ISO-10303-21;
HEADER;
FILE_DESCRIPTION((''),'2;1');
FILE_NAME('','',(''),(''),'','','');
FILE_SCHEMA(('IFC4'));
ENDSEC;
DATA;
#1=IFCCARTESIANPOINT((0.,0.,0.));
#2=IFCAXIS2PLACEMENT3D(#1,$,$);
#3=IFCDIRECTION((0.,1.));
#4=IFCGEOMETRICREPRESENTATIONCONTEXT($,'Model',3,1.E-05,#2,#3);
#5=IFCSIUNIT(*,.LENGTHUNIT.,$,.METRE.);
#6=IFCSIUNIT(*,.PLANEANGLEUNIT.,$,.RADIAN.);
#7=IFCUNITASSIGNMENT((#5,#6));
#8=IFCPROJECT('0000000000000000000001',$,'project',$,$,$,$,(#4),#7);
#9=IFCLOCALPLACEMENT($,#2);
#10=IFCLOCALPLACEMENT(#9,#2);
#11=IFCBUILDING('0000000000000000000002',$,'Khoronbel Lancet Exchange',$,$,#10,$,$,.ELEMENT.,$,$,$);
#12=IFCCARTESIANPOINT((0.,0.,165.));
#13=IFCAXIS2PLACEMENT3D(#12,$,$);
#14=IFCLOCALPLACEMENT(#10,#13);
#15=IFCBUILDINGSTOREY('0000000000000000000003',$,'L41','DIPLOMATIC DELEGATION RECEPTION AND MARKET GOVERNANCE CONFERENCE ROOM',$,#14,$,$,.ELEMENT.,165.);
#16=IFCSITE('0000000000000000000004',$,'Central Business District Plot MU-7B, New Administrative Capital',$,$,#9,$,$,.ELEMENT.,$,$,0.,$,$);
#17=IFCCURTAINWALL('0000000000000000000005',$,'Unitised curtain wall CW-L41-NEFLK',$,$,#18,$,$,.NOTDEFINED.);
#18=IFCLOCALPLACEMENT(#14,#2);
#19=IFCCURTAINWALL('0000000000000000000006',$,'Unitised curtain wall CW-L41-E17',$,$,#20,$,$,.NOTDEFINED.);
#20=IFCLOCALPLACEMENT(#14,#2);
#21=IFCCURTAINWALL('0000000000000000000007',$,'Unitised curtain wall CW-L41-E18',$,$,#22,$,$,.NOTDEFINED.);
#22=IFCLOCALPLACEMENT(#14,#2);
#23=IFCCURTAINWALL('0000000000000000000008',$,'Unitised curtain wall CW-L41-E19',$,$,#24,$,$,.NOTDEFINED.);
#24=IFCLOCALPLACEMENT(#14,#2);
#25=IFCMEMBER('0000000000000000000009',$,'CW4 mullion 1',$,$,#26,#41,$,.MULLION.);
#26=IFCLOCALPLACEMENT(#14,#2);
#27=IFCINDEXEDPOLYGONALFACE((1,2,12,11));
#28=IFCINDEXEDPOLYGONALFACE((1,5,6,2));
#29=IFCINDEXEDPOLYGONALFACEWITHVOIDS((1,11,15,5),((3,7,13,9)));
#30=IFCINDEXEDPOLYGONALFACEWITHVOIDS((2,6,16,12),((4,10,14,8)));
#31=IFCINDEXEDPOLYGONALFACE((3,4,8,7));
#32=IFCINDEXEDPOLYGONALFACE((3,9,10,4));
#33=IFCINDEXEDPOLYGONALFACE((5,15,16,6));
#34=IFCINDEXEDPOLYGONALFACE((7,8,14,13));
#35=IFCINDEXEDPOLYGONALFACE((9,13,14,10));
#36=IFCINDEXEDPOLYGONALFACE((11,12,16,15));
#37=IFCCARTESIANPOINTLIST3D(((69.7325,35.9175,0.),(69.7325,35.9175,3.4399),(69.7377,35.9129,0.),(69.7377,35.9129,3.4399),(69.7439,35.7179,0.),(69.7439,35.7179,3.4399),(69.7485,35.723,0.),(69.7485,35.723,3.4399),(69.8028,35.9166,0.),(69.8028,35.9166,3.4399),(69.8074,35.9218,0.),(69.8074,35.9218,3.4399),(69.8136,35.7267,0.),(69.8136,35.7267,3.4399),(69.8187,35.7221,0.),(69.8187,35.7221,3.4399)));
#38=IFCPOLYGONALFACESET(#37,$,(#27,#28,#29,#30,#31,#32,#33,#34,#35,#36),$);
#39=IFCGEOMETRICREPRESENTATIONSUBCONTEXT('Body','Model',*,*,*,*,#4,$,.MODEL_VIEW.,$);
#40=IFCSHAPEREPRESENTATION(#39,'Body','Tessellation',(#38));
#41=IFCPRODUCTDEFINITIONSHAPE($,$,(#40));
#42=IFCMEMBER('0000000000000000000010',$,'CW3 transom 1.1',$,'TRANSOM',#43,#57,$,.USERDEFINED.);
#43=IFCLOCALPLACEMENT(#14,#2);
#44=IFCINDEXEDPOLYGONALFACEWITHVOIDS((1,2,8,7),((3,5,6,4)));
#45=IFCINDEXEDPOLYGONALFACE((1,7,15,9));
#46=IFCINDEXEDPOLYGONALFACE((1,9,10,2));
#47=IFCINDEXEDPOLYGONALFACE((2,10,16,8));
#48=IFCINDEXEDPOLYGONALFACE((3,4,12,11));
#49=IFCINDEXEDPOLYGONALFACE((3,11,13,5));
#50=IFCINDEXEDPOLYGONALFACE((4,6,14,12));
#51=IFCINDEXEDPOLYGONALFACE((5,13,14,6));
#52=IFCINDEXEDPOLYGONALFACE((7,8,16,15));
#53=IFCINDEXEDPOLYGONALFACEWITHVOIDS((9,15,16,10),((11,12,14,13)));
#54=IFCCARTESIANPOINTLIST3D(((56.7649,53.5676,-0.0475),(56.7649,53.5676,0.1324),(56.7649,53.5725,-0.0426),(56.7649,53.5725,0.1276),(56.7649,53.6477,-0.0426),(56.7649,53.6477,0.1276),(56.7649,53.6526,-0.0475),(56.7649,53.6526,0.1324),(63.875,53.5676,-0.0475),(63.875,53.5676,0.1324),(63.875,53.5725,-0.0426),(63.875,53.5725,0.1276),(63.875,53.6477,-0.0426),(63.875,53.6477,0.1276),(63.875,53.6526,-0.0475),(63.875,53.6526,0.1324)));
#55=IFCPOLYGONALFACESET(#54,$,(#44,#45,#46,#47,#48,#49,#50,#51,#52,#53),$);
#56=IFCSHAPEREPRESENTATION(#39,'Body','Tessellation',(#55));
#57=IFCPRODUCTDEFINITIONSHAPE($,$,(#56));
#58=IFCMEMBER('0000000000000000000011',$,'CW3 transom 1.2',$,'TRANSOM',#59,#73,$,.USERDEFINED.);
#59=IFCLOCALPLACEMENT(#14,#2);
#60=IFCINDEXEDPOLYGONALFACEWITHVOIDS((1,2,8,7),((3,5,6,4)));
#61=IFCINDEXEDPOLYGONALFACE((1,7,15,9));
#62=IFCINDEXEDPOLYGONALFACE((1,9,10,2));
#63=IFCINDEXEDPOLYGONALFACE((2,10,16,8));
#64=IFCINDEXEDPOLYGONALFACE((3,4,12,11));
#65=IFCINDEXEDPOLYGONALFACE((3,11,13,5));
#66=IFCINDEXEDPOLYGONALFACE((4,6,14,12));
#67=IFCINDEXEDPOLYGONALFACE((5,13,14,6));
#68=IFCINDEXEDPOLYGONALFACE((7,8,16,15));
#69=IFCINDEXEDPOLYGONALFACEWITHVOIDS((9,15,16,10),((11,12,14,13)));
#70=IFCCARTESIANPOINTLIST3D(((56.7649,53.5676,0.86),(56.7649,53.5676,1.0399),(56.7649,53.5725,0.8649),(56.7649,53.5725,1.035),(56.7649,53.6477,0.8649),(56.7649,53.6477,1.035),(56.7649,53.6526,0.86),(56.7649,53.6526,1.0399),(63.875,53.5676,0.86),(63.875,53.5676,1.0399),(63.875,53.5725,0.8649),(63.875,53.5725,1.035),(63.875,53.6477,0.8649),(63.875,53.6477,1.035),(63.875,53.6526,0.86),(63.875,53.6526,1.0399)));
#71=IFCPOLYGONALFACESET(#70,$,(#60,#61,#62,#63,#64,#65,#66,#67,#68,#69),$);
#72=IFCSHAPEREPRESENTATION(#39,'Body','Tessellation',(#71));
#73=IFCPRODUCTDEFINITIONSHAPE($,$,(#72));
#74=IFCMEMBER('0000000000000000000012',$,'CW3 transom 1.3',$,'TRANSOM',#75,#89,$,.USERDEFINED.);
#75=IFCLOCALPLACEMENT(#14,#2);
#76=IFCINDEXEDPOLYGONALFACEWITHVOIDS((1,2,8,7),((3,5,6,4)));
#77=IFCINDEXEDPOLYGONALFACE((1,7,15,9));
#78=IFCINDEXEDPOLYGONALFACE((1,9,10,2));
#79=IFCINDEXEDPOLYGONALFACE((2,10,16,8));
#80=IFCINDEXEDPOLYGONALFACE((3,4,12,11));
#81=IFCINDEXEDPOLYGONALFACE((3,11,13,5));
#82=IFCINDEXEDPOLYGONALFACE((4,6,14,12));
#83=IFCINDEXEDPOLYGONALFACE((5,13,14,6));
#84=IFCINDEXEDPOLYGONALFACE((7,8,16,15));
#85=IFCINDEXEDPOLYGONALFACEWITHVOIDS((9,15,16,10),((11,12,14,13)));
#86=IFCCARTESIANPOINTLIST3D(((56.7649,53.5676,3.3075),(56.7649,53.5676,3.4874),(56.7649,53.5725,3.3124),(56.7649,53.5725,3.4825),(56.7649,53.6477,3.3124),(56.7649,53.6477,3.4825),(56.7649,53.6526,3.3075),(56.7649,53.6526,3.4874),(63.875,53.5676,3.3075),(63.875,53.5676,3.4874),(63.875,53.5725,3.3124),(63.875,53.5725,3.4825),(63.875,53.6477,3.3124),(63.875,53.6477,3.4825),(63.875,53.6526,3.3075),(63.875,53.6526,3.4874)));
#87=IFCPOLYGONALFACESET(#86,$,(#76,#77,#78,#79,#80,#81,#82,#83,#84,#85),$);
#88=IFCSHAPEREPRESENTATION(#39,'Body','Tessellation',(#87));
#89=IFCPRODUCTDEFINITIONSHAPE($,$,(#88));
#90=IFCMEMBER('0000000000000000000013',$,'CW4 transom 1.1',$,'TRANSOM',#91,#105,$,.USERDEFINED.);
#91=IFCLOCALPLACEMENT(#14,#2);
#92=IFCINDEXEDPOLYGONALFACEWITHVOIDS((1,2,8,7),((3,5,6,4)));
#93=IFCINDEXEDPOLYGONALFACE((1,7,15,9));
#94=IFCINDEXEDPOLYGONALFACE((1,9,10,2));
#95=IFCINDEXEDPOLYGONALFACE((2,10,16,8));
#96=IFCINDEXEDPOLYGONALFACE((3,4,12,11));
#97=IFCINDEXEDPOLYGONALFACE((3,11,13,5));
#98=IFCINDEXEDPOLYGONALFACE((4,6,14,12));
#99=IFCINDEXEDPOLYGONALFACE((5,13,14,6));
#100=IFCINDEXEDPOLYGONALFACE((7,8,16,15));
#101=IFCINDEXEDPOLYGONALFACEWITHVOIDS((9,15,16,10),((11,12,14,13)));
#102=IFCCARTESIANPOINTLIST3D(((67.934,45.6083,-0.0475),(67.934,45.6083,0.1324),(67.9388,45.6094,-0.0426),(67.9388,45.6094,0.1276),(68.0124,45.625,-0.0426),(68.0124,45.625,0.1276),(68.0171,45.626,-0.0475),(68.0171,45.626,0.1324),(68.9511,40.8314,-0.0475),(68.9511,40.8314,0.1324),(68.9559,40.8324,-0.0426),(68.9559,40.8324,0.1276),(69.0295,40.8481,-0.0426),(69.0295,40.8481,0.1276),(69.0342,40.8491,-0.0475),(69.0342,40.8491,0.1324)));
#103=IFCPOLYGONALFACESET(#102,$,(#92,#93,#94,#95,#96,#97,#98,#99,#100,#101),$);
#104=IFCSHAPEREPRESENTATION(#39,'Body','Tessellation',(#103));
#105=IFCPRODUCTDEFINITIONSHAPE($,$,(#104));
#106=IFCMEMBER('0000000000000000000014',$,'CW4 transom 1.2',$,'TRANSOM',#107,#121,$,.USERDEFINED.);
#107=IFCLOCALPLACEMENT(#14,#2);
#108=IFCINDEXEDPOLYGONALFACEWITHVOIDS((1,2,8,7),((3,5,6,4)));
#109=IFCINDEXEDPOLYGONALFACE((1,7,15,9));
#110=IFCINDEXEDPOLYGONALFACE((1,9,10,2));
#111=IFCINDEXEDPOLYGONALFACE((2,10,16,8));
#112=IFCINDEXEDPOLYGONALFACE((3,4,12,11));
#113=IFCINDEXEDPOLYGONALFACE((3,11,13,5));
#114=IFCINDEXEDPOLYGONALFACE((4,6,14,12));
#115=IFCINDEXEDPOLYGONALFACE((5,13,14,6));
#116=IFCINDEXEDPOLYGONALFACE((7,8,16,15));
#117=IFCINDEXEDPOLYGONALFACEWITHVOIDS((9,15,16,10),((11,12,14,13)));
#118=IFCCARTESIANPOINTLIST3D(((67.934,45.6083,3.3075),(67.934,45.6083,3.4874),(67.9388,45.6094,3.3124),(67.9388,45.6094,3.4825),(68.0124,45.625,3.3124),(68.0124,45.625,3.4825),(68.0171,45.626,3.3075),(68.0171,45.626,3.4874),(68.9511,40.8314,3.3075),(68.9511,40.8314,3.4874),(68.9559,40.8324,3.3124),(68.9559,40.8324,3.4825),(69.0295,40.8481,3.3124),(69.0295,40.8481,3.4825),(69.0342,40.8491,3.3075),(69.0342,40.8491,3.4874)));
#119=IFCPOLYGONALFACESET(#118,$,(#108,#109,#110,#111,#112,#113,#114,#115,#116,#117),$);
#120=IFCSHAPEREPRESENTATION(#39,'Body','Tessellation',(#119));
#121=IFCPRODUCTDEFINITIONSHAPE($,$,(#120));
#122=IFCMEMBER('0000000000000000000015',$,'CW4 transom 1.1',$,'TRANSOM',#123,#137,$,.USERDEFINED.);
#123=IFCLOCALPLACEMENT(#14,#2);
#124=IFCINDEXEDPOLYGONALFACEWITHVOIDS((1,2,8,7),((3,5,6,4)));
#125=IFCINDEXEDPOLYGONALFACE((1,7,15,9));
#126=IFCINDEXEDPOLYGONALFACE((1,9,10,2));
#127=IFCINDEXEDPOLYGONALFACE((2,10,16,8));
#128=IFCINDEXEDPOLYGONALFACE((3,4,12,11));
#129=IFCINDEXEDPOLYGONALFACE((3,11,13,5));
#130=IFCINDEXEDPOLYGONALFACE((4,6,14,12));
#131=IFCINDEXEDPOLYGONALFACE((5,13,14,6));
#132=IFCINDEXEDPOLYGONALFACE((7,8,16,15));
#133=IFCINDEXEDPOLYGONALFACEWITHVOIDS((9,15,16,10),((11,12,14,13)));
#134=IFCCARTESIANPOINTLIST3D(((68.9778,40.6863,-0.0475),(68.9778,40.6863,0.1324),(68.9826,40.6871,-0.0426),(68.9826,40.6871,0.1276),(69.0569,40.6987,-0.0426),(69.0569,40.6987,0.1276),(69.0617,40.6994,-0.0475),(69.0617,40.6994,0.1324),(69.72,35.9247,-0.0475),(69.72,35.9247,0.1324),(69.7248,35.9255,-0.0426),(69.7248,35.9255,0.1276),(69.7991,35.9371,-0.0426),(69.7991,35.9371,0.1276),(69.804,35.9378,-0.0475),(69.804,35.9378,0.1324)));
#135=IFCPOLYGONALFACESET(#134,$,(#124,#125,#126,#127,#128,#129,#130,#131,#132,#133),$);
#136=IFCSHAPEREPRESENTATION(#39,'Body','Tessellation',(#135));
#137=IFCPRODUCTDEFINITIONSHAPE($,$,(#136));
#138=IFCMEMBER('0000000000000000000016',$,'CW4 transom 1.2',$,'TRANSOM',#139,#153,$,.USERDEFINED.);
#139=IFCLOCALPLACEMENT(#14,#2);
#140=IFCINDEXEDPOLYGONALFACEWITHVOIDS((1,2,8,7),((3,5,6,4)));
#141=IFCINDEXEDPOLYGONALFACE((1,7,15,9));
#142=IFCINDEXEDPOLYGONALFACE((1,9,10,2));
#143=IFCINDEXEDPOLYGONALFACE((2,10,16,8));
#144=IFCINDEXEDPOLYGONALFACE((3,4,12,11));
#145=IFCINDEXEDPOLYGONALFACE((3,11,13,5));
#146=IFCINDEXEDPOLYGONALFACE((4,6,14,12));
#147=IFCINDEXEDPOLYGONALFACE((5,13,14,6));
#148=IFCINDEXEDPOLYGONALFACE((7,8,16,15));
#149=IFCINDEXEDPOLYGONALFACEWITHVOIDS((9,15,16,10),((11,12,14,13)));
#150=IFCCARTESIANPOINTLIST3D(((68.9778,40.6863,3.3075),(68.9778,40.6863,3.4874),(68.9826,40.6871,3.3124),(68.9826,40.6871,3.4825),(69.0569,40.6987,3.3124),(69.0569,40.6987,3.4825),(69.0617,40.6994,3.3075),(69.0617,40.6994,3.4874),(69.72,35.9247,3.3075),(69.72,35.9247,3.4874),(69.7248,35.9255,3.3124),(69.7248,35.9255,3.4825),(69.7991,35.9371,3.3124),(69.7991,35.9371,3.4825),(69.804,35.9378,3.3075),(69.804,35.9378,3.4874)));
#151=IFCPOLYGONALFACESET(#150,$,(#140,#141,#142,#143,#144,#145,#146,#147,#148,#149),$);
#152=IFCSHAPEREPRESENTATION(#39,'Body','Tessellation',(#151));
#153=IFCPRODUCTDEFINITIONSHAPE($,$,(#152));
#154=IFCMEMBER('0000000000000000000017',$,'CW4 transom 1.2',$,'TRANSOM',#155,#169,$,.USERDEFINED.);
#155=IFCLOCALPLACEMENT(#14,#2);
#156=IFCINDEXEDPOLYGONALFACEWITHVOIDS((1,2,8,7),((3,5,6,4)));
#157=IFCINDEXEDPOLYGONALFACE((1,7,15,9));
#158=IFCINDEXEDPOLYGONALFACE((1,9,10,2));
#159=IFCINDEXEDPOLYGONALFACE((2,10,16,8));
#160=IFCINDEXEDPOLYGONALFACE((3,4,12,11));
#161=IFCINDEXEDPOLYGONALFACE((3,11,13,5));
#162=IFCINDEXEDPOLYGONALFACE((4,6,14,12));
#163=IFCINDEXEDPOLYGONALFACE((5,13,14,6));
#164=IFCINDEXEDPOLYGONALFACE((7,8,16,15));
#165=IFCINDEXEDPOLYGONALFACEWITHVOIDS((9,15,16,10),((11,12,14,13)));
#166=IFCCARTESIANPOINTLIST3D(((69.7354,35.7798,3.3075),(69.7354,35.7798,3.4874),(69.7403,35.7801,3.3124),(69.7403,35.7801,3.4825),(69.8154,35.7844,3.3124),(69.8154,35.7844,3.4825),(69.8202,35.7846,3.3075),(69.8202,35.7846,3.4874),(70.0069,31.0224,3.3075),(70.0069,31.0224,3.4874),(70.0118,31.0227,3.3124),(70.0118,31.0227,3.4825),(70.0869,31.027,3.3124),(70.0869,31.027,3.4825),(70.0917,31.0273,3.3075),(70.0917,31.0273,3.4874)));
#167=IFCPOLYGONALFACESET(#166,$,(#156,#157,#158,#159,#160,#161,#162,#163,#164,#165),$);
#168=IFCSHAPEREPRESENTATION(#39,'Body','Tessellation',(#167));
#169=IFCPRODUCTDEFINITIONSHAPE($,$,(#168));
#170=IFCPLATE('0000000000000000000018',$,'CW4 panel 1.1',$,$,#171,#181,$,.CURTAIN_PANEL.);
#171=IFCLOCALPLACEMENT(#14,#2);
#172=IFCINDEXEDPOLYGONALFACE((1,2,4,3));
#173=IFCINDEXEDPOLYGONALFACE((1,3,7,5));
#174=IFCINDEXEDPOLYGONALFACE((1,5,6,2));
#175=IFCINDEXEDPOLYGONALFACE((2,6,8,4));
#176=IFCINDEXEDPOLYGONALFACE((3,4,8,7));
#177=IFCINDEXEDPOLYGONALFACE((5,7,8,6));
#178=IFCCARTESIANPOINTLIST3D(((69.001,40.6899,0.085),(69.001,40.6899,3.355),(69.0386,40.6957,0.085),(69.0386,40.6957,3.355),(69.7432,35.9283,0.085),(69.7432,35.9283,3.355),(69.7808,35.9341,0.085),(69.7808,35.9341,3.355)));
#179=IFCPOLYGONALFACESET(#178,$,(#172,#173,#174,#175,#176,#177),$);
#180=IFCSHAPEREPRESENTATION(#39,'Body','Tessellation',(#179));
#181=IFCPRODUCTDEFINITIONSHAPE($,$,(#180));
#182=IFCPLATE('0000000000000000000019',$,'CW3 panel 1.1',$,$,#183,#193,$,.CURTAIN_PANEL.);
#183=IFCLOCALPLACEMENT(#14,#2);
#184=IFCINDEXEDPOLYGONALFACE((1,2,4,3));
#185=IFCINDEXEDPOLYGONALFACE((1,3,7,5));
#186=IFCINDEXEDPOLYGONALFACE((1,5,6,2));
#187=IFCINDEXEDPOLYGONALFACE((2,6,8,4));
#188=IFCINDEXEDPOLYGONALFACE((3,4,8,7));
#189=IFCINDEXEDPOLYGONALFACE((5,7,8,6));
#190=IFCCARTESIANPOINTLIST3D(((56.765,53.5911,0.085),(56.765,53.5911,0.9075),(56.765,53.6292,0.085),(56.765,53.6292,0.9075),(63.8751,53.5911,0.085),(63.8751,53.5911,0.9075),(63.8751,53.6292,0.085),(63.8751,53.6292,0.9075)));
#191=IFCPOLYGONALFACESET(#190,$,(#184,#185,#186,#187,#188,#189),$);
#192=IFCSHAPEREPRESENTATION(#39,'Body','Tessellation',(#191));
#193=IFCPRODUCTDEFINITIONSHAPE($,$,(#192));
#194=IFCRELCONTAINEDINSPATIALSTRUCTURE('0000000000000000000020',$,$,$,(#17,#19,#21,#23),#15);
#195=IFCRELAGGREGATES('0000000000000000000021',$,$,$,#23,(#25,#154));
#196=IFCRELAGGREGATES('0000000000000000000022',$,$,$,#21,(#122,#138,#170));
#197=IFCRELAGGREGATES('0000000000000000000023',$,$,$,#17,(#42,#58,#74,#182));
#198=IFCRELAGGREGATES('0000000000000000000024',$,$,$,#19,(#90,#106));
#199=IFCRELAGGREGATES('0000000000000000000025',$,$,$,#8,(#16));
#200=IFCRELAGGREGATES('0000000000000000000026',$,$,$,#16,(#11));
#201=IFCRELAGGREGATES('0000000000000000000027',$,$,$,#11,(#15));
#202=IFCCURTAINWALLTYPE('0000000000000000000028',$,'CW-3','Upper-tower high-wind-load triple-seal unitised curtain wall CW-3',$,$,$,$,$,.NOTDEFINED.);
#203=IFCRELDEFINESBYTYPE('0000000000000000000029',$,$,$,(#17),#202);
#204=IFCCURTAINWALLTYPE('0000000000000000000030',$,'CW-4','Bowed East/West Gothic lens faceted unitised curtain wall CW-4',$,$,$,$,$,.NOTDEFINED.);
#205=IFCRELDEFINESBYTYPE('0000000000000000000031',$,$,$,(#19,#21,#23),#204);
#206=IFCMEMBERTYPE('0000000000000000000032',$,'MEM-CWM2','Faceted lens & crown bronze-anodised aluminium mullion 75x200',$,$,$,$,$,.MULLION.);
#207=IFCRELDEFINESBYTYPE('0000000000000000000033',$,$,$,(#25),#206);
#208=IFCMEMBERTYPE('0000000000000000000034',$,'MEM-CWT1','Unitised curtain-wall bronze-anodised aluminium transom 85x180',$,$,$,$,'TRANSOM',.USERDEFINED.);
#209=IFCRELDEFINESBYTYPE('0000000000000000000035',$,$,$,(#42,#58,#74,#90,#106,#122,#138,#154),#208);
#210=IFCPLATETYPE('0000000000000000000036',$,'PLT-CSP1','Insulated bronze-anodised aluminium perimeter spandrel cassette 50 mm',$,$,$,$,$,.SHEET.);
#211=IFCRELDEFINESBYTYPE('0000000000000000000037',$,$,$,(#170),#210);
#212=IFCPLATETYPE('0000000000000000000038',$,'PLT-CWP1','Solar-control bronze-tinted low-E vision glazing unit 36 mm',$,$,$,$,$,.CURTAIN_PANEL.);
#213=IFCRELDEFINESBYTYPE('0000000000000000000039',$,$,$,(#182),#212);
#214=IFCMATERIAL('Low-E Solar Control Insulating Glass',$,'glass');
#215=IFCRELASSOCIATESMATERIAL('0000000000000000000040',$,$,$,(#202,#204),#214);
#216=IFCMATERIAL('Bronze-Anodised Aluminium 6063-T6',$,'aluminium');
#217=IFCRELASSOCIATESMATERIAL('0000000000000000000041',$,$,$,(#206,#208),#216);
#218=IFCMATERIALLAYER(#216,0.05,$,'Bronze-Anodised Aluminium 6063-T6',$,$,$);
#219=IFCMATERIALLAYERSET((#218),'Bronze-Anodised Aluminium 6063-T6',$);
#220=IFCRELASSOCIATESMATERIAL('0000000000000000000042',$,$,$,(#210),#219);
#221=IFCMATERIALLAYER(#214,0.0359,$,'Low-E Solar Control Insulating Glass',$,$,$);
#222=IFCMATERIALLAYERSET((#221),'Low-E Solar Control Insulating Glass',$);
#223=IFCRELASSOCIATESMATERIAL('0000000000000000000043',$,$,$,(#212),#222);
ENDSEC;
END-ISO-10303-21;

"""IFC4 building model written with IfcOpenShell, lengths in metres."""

from ifc_helpers import new_model, si_unit, direction, frame, origin, origin_2d, place, context, subcontext, project, spatial, rectangle, hollow_rectangle, extrude, material, layer, layer_set, material_profile, profile_set, type_object, element, aggregate, save


model = new_model("IFC4")

# Units and contexts
model_context = context("Model", 3, precision=1e-05, world=origin(), true_north=direction((0.0, 1.0)))
body_context = subcontext(model_context, "Body", "Model", "MODEL_VIEW")
ifc_project = project(units=[si_unit("LENGTHUNIT", "METRE"), si_unit("PLANEANGLEUNIT", "RADIAN")], contexts=[model_context])

# Site, building, storey
site_placement = place(None, origin())
site = spatial("IfcSite", under=ifc_project, at=site_placement, Name="Central Business District Plot MU-7B, New Administrative Capital", CompositionType="ELEMENT", RefElevation=0.0)
building_placement = place(site_placement, origin())
building = spatial("IfcBuilding", under=site, at=building_placement, Name="Khoronbel Lancet Exchange", CompositionType="ELEMENT")
storey_placement = place(building_placement, frame((0.0, 0.0, 165.0)))
storey = spatial("IfcBuildingStorey", under=building, at=storey_placement, Name="L41", Description="DIPLOMATIC DELEGATION RECEPTION AND MARKET GOVERNANCE CONFERENCE ROOM", CompositionType="ELEMENT", Elevation=165.0)

# Curtain wall
ifc_material_1 = material(Name="Low-E Solar Control Insulating Glass", Category="glass")
curtain_wall_type_1 = type_object("IfcCurtainWallType", Name="CW-3", Description="Upper-tower high-wind-load triple-seal unitised curtain wall CW-3", PredefinedType="NOTDEFINED", material=ifc_material_1)
curtain_wall_1_placement = place(storey_placement, origin())
curtain_wall_1 = element("IfcCurtainWall", 1, at=curtain_wall_1_placement, inside=storey, type_object=curtain_wall_type_1, Name="Unitised curtain wall CW-L41-NEFLK", PredefinedType="NOTDEFINED")
ifc_material_2 = material(Name="Bronze-Anodised Aluminium 6063-T6", Category="aluminium")

# Curtain walls
curtain_wall_type_2 = type_object("IfcCurtainWallType", Name="CW-4", Description="Bowed East/West Gothic lens faceted unitised curtain wall CW-4", PredefinedType="NOTDEFINED", material=ifc_material_1)
curtain_wall_2_placement = place(storey_placement, origin())
curtain_wall_2 = element("IfcCurtainWall", 2, at=curtain_wall_2_placement, inside=storey, type_object=curtain_wall_type_2, Name="Unitised curtain wall CW-L41-E17", PredefinedType="NOTDEFINED")
ifc_material_profile_1 = material_profile(ifc_material_2, hollow_rectangle(XDim=0.075, YDim=0.2, WallThickness=0.0049, at=origin_2d()), Name="ALU MULLION 75x200")
ifc_profile_set_1 = profile_set([ifc_material_profile_1], Name="Bronze-Anodised Aluminium 6063-T6")
member_type_1 = type_object("IfcMemberType", Name="MEM-CWM2", Description="Faceted lens & crown bronze-anodised aluminium mullion 75x200", PredefinedType="MULLION", material=ifc_profile_set_1)
curtain_wall_3_placement = place(storey_placement, origin())
curtain_wall_3 = element("IfcCurtainWall", 3, at=curtain_wall_3_placement, inside=storey, type_object=curtain_wall_type_2, Name="Unitised curtain wall CW-L41-E18", PredefinedType="NOTDEFINED")

# Curtain wall, member
curtain_wall_4_placement = place(storey_placement, origin())
curtain_wall_4 = element("IfcCurtainWall", 4, at=curtain_wall_4_placement, inside=storey, type_object=curtain_wall_type_2, Name="Unitised curtain wall CW-L41-E19", PredefinedType="NOTDEFINED")
member_1_placement = place(storey_placement, frame((69.7756, 35.8198, 0.0), z_axis=(0.0, 0.0, 1.0), x_axis=(0.998376, 0.056966, 0.0)))
member_1 = element("IfcMember", 5, at=member_1_placement, type_object=member_type_1, Name="CW4 mullion 1", PredefinedType="MULLION", context=body_context, shape_type="SweptSolid", body=[
    extrude(hollow_rectangle(XDim=0.075, YDim=0.2, WallThickness=0.0049, at=origin_2d()), origin(), (0.0, 0.0, 1.0), 3.4399),
])

# Members
ifc_material_profile_2 = material_profile(ifc_material_2, hollow_rectangle(XDim=0.085, YDim=0.1799, WallThickness=0.0049, at=origin_2d()), Name="ALU TRANSOM 85x180")
ifc_profile_set_2 = profile_set([ifc_material_profile_2], Name="Bronze-Anodised Aluminium 6063-T6")
member_type_2 = type_object("IfcMemberType", Name="MEM-CWT1", Description="Unitised curtain-wall bronze-anodised aluminium transom 85x180", ElementType="TRANSOM", PredefinedType="USERDEFINED", material=ifc_profile_set_2)
member_2_placement = place(storey_placement, frame((63.875, 53.6101, 0.0425), z_axis=(-1.0, 0.0, 0.0), x_axis=(0.0, -1.0, 0.0)))
member_2 = element("IfcMember", 6, at=member_2_placement, type_object=member_type_2, Name="CW3 transom 1.1", ObjectType="TRANSOM", PredefinedType="USERDEFINED", context=body_context, shape_type="SweptSolid", body=[
    extrude(hollow_rectangle(XDim=0.085, YDim=0.1799, WallThickness=0.0049, at=origin_2d()), origin(), (0.0, 0.0, 1.0), 7.1101),
])
member_3_placement = place(storey_placement, frame((63.875, 53.6101, 0.95), z_axis=(-1.0, 0.0, 0.0), x_axis=(0.0, -1.0, 0.0)))
member_3 = element("IfcMember", 7, at=member_3_placement, type_object=member_type_2, Name="CW3 transom 1.2", ObjectType="TRANSOM", PredefinedType="USERDEFINED", context=body_context, shape_type="SweptSolid", body=[
    extrude(hollow_rectangle(XDim=0.085, YDim=0.1799, WallThickness=0.0049, at=origin_2d()), origin(), (0.0, 0.0, 1.0), 7.1101),
])
member_4_placement = place(storey_placement, frame((63.875, 53.6101, 3.3975), z_axis=(-1.0, 0.0, 0.0), x_axis=(0.0, -1.0, 0.0)))
member_4 = element("IfcMember", 8, at=member_4_placement, type_object=member_type_2, Name="CW3 transom 1.3", ObjectType="TRANSOM", PredefinedType="USERDEFINED", context=body_context, shape_type="SweptSolid", body=[
    extrude(hollow_rectangle(XDim=0.085, YDim=0.1799, WallThickness=0.0049, at=origin_2d()), origin(), (0.0, 0.0, 1.0), 7.1101),
])
member_5_placement = place(storey_placement, frame((67.9756, 45.6172, 0.0425), z_axis=(0.208252, -0.978075, 0.0), x_axis=(0.978075, 0.208252, 0.0)))
member_5 = element("IfcMember", 9, at=member_5_placement, type_object=member_type_2, Name="CW4 transom 1.1", ObjectType="TRANSOM", PredefinedType="USERDEFINED", context=body_context, shape_type="SweptSolid", body=[
    extrude(hollow_rectangle(XDim=0.085, YDim=0.1799, WallThickness=0.0049, at=origin_2d()), origin(), (0.0, 0.0, 1.0), 4.884),
])
member_6_placement = place(storey_placement, frame((67.9756, 45.6172, 3.3975), z_axis=(0.208252, -0.978075, 0.0), x_axis=(0.978075, 0.208252, 0.0)))
member_6 = element("IfcMember", 10, at=member_6_placement, type_object=member_type_2, Name="CW4 transom 1.2", ObjectType="TRANSOM", PredefinedType="USERDEFINED", context=body_context, shape_type="SweptSolid", body=[
    extrude(hollow_rectangle(XDim=0.085, YDim=0.1799, WallThickness=0.0049, at=origin_2d()), origin(), (0.0, 0.0, 1.0), 4.884),
])
member_7_placement = place(storey_placement, frame((69.0198, 40.6929, 0.0425), z_axis=(0.154014, -0.988069, 0.0), x_axis=(0.988069, 0.154014, 0.0)))
member_7 = element("IfcMember", 11, at=member_7_placement, type_object=member_type_2, Name="CW4 transom 1.1", ObjectType="TRANSOM", PredefinedType="USERDEFINED", context=body_context, shape_type="SweptSolid", body=[
    extrude(hollow_rectangle(XDim=0.085, YDim=0.1799, WallThickness=0.0049, at=origin_2d()), origin(), (0.0, 0.0, 1.0), 4.8191),
])
member_8_placement = place(storey_placement, frame((69.0198, 40.6929, 3.3975), z_axis=(0.154014, -0.988069, 0.0), x_axis=(0.988069, 0.154014, 0.0)))
member_8 = element("IfcMember", 12, at=member_8_placement, type_object=member_type_2, Name="CW4 transom 1.2", ObjectType="TRANSOM", PredefinedType="USERDEFINED", context=body_context, shape_type="SweptSolid", body=[
    extrude(hollow_rectangle(XDim=0.085, YDim=0.1799, WallThickness=0.0049, at=origin_2d()), origin(), (0.0, 0.0, 1.0), 4.8191),
])
member_9_placement = place(storey_placement, frame((69.7778, 35.7822, 3.3975), z_axis=(0.056974, -0.998376, 0.0), x_axis=(0.998376, 0.056974, 0.0)))
member_9 = element("IfcMember", 13, at=member_9_placement, type_object=member_type_2, Name="CW4 transom 1.2", ObjectType="TRANSOM", PredefinedType="USERDEFINED", context=body_context, shape_type="SweptSolid", body=[
    extrude(hollow_rectangle(XDim=0.085, YDim=0.1799, WallThickness=0.0049, at=origin_2d()), origin(), (0.0, 0.0, 1.0), 4.7651),
])
aggregate(curtain_wall_4, [member_1, member_9])

# Plates
ifc_layer_1 = layer(ifc_material_2, 0.05, Name="Bronze-Anodised Aluminium 6063-T6")
ifc_layer_set_1 = layer_set([ifc_layer_1], Name="Bronze-Anodised Aluminium 6063-T6")
plate_type_1 = type_object("IfcPlateType", Name="PLT-CSP1", Description="Insulated bronze-anodised aluminium perimeter spandrel cassette 50 mm", PredefinedType="SHEET", material=ifc_layer_set_1)
plate_1_placement = place(storey_placement, frame((69.3909, 38.312, 0.085), z_axis=(0.0, 0.0, 1.0), x_axis=(0.154012, -0.988069, 0.0)))
plate_1 = element("IfcPlate", 14, at=plate_1_placement, type_object=plate_type_1, Name="CW4 panel 1.1", PredefinedType="CURTAIN_PANEL", context=body_context, shape_type="SweptSolid", body=[
    extrude(rectangle(XDim=4.8191, YDim=0.0381, at=origin_2d()), origin(), (0.0, 0.0, 1.0), 3.27),
])
aggregate(curtain_wall_3, [member_7, member_8, plate_1])
ifc_layer_2 = layer(ifc_material_1, 0.0359, Name="Low-E Solar Control Insulating Glass")
ifc_layer_set_2 = layer_set([ifc_layer_2], Name="Low-E Solar Control Insulating Glass")
plate_type_2 = type_object("IfcPlateType", Name="PLT-CWP1", Description="Solar-control bronze-tinted low-E vision glazing unit 36 mm", PredefinedType="CURTAIN_PANEL", material=ifc_layer_set_2)
plate_2_placement = place(storey_placement, frame((60.3201, 53.6101, 0.085), z_axis=(0.0, 0.0, 1.0), x_axis=(-1.0, 0.0, 0.0)))
plate_2 = element("IfcPlate", 15, at=plate_2_placement, type_object=plate_type_2, Name="CW3 panel 1.1", PredefinedType="CURTAIN_PANEL", context=body_context, shape_type="SweptSolid", body=[
    extrude(rectangle(XDim=7.1101, YDim=0.0381, at=origin_2d()), origin(), (0.0, 0.0, 1.0), 0.8225),
])
aggregate(curtain_wall_1, [member_2, member_3, member_4, plate_2])
aggregate(curtain_wall_2, [member_5, member_6])

save(model, "model.ifc")
